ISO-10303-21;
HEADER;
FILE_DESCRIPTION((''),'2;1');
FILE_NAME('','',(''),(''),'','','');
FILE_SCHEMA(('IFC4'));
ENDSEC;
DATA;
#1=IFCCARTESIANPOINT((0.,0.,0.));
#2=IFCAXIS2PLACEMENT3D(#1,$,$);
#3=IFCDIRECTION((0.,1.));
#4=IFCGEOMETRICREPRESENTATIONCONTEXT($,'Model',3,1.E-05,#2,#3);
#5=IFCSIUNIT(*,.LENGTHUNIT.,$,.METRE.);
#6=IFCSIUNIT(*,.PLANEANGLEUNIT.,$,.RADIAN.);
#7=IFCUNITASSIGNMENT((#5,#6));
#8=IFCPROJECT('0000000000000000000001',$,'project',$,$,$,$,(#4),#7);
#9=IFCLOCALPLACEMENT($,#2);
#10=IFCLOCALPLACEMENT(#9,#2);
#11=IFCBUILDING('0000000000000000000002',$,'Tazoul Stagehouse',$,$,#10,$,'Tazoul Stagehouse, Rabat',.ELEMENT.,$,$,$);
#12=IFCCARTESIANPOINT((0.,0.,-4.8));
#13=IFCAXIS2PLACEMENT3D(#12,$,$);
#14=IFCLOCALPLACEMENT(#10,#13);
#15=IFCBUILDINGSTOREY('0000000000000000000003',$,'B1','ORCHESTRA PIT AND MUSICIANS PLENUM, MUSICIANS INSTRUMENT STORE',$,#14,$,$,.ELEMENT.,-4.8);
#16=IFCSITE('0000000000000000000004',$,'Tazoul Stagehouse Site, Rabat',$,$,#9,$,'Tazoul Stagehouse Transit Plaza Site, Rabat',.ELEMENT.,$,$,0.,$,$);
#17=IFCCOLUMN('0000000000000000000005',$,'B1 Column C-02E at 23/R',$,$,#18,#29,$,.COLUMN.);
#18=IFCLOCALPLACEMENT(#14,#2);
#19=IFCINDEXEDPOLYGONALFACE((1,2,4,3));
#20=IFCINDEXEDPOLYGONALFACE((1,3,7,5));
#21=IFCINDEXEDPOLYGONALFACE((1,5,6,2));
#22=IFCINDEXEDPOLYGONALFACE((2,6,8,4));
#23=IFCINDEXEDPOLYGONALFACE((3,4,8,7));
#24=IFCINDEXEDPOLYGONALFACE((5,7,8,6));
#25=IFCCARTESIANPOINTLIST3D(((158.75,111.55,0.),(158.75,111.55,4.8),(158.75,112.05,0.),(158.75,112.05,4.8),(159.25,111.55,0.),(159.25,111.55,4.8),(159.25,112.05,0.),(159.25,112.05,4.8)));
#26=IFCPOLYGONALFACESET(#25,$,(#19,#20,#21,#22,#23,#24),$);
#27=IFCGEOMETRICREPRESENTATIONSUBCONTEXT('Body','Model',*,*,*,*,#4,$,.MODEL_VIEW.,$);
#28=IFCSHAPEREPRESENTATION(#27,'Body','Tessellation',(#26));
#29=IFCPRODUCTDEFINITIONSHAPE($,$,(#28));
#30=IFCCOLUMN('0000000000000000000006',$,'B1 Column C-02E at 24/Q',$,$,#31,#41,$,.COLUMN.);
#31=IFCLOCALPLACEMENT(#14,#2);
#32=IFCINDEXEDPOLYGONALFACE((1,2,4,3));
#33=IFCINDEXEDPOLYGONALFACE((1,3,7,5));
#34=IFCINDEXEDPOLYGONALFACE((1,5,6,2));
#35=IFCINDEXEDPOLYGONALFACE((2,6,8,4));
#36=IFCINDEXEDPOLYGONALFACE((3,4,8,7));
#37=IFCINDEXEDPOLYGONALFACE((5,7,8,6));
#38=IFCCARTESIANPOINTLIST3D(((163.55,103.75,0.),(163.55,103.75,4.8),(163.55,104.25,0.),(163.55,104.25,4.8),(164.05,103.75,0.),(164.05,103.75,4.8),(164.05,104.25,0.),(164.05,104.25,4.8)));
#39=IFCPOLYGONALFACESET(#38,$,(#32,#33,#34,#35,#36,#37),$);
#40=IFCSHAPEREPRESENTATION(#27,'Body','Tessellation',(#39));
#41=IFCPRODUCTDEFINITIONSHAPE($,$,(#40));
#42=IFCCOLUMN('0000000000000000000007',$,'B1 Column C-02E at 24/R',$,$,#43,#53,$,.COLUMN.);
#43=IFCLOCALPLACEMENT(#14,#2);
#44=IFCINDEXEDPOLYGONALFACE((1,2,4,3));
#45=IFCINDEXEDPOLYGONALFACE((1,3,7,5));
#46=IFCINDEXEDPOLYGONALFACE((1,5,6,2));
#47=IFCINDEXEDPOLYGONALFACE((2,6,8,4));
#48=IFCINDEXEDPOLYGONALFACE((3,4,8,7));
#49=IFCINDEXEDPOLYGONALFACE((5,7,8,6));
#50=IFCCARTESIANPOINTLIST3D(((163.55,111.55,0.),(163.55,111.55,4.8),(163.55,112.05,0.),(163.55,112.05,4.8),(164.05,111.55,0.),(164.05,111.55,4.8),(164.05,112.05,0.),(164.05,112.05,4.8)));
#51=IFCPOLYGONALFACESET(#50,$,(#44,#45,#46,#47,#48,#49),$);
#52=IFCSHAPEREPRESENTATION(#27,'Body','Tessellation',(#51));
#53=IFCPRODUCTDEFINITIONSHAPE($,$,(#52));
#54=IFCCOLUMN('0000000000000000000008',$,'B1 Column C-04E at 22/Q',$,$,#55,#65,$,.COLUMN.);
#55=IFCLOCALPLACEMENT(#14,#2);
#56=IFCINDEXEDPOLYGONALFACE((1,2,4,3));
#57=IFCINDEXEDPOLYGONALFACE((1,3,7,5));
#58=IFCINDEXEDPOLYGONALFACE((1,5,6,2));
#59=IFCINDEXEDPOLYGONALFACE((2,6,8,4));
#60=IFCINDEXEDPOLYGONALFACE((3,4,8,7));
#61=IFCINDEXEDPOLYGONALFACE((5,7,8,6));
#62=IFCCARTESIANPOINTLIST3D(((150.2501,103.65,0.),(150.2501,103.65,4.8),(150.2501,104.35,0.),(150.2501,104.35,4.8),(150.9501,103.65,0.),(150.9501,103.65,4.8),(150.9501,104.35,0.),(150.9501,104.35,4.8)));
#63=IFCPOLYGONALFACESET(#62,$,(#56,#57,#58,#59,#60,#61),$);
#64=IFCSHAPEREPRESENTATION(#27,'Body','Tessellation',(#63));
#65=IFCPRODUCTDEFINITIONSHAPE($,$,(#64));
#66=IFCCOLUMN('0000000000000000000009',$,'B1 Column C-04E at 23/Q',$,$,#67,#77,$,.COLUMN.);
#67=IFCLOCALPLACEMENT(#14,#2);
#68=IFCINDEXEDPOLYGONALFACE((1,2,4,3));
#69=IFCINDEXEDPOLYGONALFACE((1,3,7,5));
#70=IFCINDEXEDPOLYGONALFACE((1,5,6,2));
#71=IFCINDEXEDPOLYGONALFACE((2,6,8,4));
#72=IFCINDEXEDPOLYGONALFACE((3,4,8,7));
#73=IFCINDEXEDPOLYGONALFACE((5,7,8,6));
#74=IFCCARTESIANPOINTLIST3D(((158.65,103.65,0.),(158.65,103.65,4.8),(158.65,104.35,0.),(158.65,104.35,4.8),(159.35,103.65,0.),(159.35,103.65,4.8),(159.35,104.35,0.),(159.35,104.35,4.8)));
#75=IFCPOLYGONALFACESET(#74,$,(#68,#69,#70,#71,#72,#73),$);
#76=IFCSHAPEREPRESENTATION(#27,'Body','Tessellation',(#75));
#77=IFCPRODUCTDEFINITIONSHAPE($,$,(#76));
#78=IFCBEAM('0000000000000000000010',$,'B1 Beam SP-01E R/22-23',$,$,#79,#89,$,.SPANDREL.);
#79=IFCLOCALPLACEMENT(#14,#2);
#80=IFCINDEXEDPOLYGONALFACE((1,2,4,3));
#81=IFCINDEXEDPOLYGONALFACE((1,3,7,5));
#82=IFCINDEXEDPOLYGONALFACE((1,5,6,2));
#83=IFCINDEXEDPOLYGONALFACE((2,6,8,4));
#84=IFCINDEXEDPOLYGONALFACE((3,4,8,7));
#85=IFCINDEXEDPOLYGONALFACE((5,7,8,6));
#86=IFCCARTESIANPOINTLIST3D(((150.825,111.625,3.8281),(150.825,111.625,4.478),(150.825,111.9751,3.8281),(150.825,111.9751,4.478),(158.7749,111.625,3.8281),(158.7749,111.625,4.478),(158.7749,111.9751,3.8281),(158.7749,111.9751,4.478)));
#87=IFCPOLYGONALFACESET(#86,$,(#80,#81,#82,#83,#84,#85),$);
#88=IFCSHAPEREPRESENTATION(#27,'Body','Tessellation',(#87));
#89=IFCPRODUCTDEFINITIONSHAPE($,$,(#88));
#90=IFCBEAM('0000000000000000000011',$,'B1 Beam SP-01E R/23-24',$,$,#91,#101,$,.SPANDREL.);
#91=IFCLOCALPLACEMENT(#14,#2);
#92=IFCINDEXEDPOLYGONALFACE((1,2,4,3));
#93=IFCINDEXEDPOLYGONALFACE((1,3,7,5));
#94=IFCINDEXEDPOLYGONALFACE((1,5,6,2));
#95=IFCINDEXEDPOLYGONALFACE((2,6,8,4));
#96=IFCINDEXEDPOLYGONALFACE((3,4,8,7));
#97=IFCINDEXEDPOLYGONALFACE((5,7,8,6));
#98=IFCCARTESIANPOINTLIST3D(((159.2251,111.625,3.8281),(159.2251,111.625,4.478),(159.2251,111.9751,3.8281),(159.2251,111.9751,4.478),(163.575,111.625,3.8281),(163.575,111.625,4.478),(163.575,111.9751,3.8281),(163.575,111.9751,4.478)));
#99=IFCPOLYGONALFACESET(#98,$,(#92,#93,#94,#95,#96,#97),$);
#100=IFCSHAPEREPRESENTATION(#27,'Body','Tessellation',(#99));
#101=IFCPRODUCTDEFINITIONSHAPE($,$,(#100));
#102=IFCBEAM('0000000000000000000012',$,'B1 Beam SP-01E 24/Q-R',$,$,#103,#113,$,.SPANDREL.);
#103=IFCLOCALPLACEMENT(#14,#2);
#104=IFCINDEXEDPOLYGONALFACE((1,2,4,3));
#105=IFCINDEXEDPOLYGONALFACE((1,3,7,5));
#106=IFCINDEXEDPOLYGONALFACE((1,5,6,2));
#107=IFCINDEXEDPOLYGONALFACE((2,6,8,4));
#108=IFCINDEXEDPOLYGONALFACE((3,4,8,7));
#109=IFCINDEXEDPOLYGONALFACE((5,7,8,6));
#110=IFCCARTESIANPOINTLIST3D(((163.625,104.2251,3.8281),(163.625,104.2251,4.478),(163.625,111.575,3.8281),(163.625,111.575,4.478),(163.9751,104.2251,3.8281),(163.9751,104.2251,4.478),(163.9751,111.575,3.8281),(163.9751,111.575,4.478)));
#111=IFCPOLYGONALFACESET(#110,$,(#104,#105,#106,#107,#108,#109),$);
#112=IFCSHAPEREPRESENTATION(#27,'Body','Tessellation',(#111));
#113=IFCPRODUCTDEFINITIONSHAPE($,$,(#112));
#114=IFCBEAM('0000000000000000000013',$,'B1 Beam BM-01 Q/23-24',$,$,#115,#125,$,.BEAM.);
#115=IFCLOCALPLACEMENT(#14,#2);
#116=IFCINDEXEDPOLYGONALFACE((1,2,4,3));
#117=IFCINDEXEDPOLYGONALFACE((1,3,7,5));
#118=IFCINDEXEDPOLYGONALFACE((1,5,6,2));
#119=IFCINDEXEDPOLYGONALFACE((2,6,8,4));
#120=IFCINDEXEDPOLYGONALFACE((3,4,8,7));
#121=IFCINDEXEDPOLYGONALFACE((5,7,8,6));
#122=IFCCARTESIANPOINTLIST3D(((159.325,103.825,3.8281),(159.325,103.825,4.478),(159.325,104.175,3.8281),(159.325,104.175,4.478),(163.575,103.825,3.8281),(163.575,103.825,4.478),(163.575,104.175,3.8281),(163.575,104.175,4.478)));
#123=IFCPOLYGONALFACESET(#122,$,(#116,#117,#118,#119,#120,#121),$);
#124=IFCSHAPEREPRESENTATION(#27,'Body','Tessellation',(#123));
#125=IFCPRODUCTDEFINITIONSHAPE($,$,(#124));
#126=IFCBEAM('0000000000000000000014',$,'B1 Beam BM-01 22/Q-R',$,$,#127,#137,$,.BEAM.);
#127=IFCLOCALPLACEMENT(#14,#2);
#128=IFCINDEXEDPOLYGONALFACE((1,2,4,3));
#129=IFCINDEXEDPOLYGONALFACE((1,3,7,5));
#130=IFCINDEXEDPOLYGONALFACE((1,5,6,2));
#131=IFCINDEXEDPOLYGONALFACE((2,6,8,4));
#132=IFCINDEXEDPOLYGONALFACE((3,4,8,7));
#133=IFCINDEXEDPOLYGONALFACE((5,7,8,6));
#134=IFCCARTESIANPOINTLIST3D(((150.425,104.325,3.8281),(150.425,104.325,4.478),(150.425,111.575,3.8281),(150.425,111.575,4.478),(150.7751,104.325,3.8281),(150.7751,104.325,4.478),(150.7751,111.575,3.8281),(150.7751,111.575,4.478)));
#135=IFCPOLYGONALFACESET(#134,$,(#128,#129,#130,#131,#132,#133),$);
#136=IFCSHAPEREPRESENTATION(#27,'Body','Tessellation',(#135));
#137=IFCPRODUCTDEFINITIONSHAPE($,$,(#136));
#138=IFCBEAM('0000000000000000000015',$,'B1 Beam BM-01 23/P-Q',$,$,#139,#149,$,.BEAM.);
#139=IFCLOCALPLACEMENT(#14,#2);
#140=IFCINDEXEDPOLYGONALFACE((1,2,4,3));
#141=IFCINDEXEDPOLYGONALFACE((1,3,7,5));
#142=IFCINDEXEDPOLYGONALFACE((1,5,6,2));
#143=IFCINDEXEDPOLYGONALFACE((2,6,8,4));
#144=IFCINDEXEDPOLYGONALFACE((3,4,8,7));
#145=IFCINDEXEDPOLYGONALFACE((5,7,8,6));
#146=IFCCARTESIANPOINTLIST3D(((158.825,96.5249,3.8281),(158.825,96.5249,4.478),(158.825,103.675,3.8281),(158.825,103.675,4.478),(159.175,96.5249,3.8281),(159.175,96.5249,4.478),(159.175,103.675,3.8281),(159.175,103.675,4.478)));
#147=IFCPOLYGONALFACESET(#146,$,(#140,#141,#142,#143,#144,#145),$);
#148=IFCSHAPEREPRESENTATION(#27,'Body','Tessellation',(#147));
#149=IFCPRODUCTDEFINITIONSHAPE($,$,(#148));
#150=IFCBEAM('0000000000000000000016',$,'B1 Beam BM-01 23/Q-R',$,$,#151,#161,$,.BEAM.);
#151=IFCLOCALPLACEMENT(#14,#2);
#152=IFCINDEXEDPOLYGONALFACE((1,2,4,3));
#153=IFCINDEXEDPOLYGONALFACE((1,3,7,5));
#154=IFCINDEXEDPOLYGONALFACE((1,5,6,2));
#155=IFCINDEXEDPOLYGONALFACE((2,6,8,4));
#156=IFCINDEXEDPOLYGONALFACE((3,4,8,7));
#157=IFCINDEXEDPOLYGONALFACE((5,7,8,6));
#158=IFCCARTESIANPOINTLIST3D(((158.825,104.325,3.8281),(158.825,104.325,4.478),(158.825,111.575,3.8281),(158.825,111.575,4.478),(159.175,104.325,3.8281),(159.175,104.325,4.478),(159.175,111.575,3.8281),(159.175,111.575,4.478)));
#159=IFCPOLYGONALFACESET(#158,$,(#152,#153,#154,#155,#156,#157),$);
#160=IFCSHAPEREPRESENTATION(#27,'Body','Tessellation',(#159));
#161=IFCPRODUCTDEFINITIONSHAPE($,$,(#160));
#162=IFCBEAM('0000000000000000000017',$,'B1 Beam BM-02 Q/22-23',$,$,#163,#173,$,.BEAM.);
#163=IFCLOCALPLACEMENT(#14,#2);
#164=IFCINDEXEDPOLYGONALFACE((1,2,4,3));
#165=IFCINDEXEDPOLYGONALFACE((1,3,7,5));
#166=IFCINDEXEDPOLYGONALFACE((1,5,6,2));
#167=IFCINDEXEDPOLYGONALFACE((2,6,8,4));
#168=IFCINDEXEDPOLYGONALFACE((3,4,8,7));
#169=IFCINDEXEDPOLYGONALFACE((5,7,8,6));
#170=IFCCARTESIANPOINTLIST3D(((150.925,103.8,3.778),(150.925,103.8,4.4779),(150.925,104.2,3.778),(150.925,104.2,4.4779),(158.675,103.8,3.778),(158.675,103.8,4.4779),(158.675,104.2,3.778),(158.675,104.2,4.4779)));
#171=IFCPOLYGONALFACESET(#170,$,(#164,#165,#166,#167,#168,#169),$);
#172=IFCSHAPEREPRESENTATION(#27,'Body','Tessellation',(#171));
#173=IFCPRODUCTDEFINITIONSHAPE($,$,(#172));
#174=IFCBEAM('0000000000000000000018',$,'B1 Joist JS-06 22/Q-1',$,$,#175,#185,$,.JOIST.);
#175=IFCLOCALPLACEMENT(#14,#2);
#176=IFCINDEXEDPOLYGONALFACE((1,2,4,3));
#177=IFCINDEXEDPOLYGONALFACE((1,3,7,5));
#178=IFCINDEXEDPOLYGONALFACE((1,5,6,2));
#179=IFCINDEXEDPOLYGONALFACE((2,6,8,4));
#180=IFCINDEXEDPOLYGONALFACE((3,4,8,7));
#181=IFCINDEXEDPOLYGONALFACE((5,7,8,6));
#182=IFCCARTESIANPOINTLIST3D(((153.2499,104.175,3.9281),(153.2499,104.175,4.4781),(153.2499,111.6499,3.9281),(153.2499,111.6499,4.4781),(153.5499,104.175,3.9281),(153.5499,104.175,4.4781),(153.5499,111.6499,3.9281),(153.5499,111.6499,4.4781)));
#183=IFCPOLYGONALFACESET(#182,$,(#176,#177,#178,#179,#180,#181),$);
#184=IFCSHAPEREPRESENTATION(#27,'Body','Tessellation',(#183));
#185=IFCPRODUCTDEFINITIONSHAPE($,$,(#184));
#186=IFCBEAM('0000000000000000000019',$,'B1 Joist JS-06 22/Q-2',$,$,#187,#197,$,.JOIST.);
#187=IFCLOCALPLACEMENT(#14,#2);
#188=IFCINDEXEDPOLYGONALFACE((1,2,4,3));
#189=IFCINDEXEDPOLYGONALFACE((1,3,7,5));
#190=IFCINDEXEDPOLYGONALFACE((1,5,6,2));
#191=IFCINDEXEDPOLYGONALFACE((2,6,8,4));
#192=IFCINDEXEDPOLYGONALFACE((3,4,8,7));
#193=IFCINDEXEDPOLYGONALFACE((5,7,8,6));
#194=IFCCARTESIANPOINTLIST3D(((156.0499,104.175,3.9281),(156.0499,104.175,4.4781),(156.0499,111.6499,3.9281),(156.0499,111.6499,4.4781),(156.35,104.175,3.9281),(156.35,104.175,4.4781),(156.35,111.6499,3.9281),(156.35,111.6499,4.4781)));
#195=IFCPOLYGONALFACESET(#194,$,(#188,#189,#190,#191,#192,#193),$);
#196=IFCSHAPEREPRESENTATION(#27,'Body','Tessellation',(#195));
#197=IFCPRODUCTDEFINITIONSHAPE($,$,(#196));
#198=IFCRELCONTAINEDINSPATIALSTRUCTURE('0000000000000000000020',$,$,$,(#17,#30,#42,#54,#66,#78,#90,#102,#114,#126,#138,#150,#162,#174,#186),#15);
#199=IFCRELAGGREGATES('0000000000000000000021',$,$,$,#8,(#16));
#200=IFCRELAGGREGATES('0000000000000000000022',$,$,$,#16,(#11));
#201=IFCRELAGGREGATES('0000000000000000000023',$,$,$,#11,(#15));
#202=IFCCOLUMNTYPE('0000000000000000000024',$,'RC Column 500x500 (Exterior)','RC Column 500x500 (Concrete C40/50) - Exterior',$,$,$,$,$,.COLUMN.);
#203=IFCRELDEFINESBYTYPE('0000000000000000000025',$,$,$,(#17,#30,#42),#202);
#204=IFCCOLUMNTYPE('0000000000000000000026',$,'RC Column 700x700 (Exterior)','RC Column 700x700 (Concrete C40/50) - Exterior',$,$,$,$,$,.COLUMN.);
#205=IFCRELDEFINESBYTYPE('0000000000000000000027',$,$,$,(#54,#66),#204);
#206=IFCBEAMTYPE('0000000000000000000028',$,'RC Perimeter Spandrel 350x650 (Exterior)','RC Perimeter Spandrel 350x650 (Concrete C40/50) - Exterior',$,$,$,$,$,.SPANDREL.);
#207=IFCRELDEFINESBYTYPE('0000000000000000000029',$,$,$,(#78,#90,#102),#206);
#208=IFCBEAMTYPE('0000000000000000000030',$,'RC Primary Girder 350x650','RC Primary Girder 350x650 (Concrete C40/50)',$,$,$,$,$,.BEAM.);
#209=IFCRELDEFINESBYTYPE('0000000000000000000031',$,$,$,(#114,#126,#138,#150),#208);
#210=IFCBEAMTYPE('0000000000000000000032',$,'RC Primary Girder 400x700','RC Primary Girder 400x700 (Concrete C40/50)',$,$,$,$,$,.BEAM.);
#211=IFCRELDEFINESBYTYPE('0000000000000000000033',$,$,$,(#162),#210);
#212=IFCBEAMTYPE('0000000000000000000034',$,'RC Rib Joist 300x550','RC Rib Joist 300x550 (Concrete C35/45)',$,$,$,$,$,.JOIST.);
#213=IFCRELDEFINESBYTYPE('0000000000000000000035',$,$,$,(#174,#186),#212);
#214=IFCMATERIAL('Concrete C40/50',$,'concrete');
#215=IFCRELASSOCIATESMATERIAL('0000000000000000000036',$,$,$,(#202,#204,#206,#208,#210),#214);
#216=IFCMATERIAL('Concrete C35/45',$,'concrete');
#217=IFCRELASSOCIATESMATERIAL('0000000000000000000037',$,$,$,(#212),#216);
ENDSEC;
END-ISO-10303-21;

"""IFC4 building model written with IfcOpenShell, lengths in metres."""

from ifc_helpers import new_model, si_unit, direction, frame, origin, origin_2d, place, context, subcontext, project, spatial, rectangle, extrude, material, material_profile, profile_set, type_object, element, save


model = new_model("IFC4")

# Units and contexts
model_context = context("Model", 3, precision=1e-05, world=origin(), true_north=direction((0.0, 1.0)))
body_context = subcontext(model_context, "Body", "Model", "MODEL_VIEW")
ifc_project = project(units=[si_unit("LENGTHUNIT", "METRE"), si_unit("PLANEANGLEUNIT", "RADIAN")], contexts=[model_context])

# Site, building, storey
site_placement = place(None, origin())
site = spatial("IfcSite", under=ifc_project, at=site_placement, Name="Tazoul Stagehouse Site, Rabat", LongName="Tazoul Stagehouse Transit Plaza Site, Rabat", CompositionType="ELEMENT", RefElevation=0.0)
building_placement = place(site_placement, origin())
building = spatial("IfcBuilding", under=site, at=building_placement, Name="Tazoul Stagehouse", LongName="Tazoul Stagehouse, Rabat", CompositionType="ELEMENT")
storey_placement = place(building_placement, frame((0.0, 0.0, -4.8)))
storey = spatial("IfcBuildingStorey", under=building, at=storey_placement, Name="B1", Description="ORCHESTRA PIT AND MUSICIANS PLENUM, MUSICIANS INSTRUMENT STORE", CompositionType="ELEMENT", Elevation=-4.8)

# Shared definitions
ifc_material_1 = material(Name="Concrete C35/45", Category="concrete")

# Columns
ifc_material_2 = material(Name="Concrete C40/50", Category="concrete")
ifc_material_profile_1 = material_profile(ifc_material_2, rectangle(XDim=0.5, YDim=0.5, at=origin_2d()), Name="RC 500x500")
ifc_profile_set_1 = profile_set([ifc_material_profile_1], Name="Concrete C40/50")
column_type_1 = type_object("IfcColumnType", Name="RC Column 500x500 (Exterior)", Description="RC Column 500x500 (Concrete C40/50) - Exterior", PredefinedType="COLUMN", material=ifc_profile_set_1)
for number, where, z_axis, x_axis, name in (
    (1, (159.0, 111.8, 0.0), (0.0, 0.0, 1.0), (1.0, 0.0, 0.0), "B1 Column C-02E at 23/R"),
    (2, (163.8, 104.0, 0.0), (0.0, 0.0, 1.0), (1.0, 0.0, 0.0), "B1 Column C-02E at 24/Q"),
    (3, (163.8, 111.8, 0.0), (0.0, 0.0, 1.0), (1.0, 0.0, 0.0), "B1 Column C-02E at 24/R"),
):
    element("IfcColumn", number, at=place(storey_placement, frame(where, z_axis=z_axis, x_axis=x_axis)), inside=storey, type_object=column_type_1, Name=name, PredefinedType="COLUMN", context=body_context, shape_type="SweptSolid", body=[
        extrude(rectangle(XDim=0.5, YDim=0.5, at=origin_2d()), origin(), (0.0, 0.0, 1.0), 4.8),
    ])
ifc_material_profile_2 = material_profile(ifc_material_2, rectangle(XDim=0.7, YDim=0.7, at=origin_2d()), Name="RC 700x700")
ifc_profile_set_2 = profile_set([ifc_material_profile_2], Name="Concrete C40/50")
column_type_2 = type_object("IfcColumnType", Name="RC Column 700x700 (Exterior)", Description="RC Column 700x700 (Concrete C40/50) - Exterior", PredefinedType="COLUMN", material=ifc_profile_set_2)
for number, where, z_axis, x_axis, name in (
    (4, (150.6001, 104.0, 0.0), (0.0, 0.0, 1.0), (1.0, 0.0, 0.0), "B1 Column C-04E at 22/Q"),
    (5, (159.0, 104.0, 0.0), (0.0, 0.0, 1.0), (1.0, 0.0, 0.0), "B1 Column C-04E at 23/Q"),
):
    element("IfcColumn", number, at=place(storey_placement, frame(where, z_axis=z_axis, x_axis=x_axis)), inside=storey, type_object=column_type_2, Name=name, PredefinedType="COLUMN", context=body_context, shape_type="SweptSolid", body=[
        extrude(rectangle(XDim=0.7, YDim=0.7, at=origin_2d()), origin(), (0.0, 0.0, 1.0), 4.8),
    ])

# Beams
ifc_material_profile_3 = material_profile(ifc_material_2, rectangle(XDim=0.3501, YDim=0.6499, at=origin_2d()), Name="RC 350x650")
ifc_profile_set_3 = profile_set([ifc_material_profile_3], Name="Concrete C40/50")
beam_type_1 = type_object("IfcBeamType", Name="RC Perimeter Spandrel 350x650 (Exterior)", Description="RC Perimeter Spandrel 350x650 (Concrete C40/50) - Exterior", PredefinedType="SPANDREL", material=ifc_profile_set_3)
beam_1_placement = place(storey_placement, frame((150.825, 111.8, 4.1531), z_axis=(1.0, 0.0, 0.0), x_axis=(0.0, 1.0, 0.0)))
element("IfcBeam", 6, at=beam_1_placement, inside=storey, type_object=beam_type_1, Name="B1 Beam SP-01E R/22-23", PredefinedType="SPANDREL", context=body_context, shape_type="SweptSolid", body=[
    extrude(rectangle(XDim=0.3501, YDim=0.6499, at=origin_2d()), origin(), (0.0, 0.0, 1.0), 7.95),
])
beam_2_placement = place(storey_placement, frame((159.2251, 111.8, 4.1531), z_axis=(1.0, 0.0, 0.0), x_axis=(0.0, 1.0, 0.0)))
element("IfcBeam", 7, at=beam_2_placement, inside=storey, type_object=beam_type_1, Name="B1 Beam SP-01E R/23-24", PredefinedType="SPANDREL", context=body_context, shape_type="SweptSolid", body=[
    extrude(rectangle(XDim=0.3501, YDim=0.6499, at=origin_2d()), origin(), (0.0, 0.0, 1.0), 4.3499),
])
beam_3_placement = place(storey_placement, frame((163.8, 104.2251, 4.1531), z_axis=(0.0, 1.0, 0.0), x_axis=(-1.0, 0.0, 0.0)))
element("IfcBeam", 8, at=beam_3_placement, inside=storey, type_object=beam_type_1, Name="B1 Beam SP-01E 24/Q-R", PredefinedType="SPANDREL", context=body_context, shape_type="SweptSolid", body=[
    extrude(rectangle(XDim=0.3501, YDim=0.6499, at=origin_2d()), origin(), (0.0, 0.0, 1.0), 7.3499),
])
ifc_material_profile_4 = material_profile(ifc_material_2, rectangle(XDim=0.3501, YDim=0.6499, at=origin_2d()), Name="RC 350x650")
ifc_profile_set_4 = profile_set([ifc_material_profile_4], Name="Concrete C40/50")
beam_type_2 = type_object("IfcBeamType", Name="RC Primary Girder 350x650", Description="RC Primary Girder 350x650 (Concrete C40/50)", PredefinedType="BEAM", material=ifc_profile_set_4)
beam_4_placement = place(storey_placement, frame((159.325, 104.0, 4.1531), z_axis=(1.0, 0.0, 0.0), x_axis=(0.0, 1.0, 0.0)))
element("IfcBeam", 9, at=beam_4_placement, inside=storey, type_object=beam_type_2, Name="B1 Beam BM-01 Q/23-24", PredefinedType="BEAM", context=body_context, shape_type="SweptSolid", body=[
    extrude(rectangle(XDim=0.3501, YDim=0.6499, at=origin_2d()), origin(), (0.0, 0.0, 1.0), 4.25),
])
beam_5_placement = place(storey_placement, frame((150.6001, 104.325, 4.1531), z_axis=(0.0, 1.0, 0.0), x_axis=(-1.0, 0.0, 0.0)))
element("IfcBeam", 10, at=beam_5_placement, inside=storey, type_object=beam_type_2, Name="B1 Beam BM-01 22/Q-R", PredefinedType="BEAM", context=body_context, shape_type="SweptSolid", body=[
    extrude(rectangle(XDim=0.3501, YDim=0.6499, at=origin_2d()), origin(), (0.0, 0.0, 1.0), 7.25),
])
beam_6_placement = place(storey_placement, frame((159.0, 96.5249, 4.1531), z_axis=(0.0, 1.0, 0.0), x_axis=(-1.0, 0.0, 0.0)))
element("IfcBeam", 11, at=beam_6_placement, inside=storey, type_object=beam_type_2, Name="B1 Beam BM-01 23/P-Q", PredefinedType="BEAM", context=body_context, shape_type="SweptSolid", body=[
    extrude(rectangle(XDim=0.3501, YDim=0.6499, at=origin_2d()), origin(), (0.0, 0.0, 1.0), 7.1501),
])
beam_7_placement = place(storey_placement, frame((159.0, 104.325, 4.1531), z_axis=(0.0, 1.0, 0.0), x_axis=(-1.0, 0.0, 0.0)))
element("IfcBeam", 12, at=beam_7_placement, inside=storey, type_object=beam_type_2, Name="B1 Beam BM-01 23/Q-R", PredefinedType="BEAM", context=body_context, shape_type="SweptSolid", body=[
    extrude(rectangle(XDim=0.3501, YDim=0.6499, at=origin_2d()), origin(), (0.0, 0.0, 1.0), 7.25),
])
ifc_material_profile_5 = material_profile(ifc_material_2, rectangle(XDim=0.3999, YDim=0.7, at=origin_2d()), Name="RC 400x700")
ifc_profile_set_5 = profile_set([ifc_material_profile_5], Name="Concrete C40/50")
beam_type_3 = type_object("IfcBeamType", Name="RC Primary Girder 400x700", Description="RC Primary Girder 400x700 (Concrete C40/50)", PredefinedType="BEAM", material=ifc_profile_set_5)
beam_8_placement = place(storey_placement, frame((150.925, 104.0, 4.1279), z_axis=(1.0, 0.0, 0.0), x_axis=(0.0, 1.0, 0.0)))
element("IfcBeam", 13, at=beam_8_placement, inside=storey, type_object=beam_type_3, Name="B1 Beam BM-02 Q/22-23", PredefinedType="BEAM", context=body_context, shape_type="SweptSolid", body=[
    extrude(rectangle(XDim=0.3999, YDim=0.7, at=origin_2d()), origin(), (0.0, 0.0, 1.0), 7.75),
])
ifc_material_profile_6 = material_profile(ifc_material_1, rectangle(XDim=0.3, YDim=0.55, at=origin_2d()), Name="RC 300x550")
ifc_profile_set_6 = profile_set([ifc_material_profile_6], Name="Concrete C35/45")
beam_type_4 = type_object("IfcBeamType", Name="RC Rib Joist 300x550", Description="RC Rib Joist 300x550 (Concrete C35/45)", PredefinedType="JOIST", material=ifc_profile_set_6)
for number, where, z_axis, x_axis, name in (
    (14, (153.3999, 104.175, 4.2031), (0.0, 1.0, 0.0), (-1.0, 0.0, 0.0), "B1 Joist JS-06 22/Q-1"),
    (15, (156.2, 104.175, 4.2031), (0.0, 1.0, 0.0), (-1.0, 0.0, 0.0), "B1 Joist JS-06 22/Q-2"),
):
    element("IfcBeam", number, at=place(storey_placement, frame(where, z_axis=z_axis, x_axis=x_axis)), inside=storey, type_object=beam_type_4, Name=name, PredefinedType="JOIST", context=body_context, shape_type="SweptSolid", body=[
        extrude(rectangle(XDim=0.3, YDim=0.55, at=origin_2d()), origin(), (0.0, 0.0, 1.0), 7.4749),
    ])

save(model, "model.ifc")
